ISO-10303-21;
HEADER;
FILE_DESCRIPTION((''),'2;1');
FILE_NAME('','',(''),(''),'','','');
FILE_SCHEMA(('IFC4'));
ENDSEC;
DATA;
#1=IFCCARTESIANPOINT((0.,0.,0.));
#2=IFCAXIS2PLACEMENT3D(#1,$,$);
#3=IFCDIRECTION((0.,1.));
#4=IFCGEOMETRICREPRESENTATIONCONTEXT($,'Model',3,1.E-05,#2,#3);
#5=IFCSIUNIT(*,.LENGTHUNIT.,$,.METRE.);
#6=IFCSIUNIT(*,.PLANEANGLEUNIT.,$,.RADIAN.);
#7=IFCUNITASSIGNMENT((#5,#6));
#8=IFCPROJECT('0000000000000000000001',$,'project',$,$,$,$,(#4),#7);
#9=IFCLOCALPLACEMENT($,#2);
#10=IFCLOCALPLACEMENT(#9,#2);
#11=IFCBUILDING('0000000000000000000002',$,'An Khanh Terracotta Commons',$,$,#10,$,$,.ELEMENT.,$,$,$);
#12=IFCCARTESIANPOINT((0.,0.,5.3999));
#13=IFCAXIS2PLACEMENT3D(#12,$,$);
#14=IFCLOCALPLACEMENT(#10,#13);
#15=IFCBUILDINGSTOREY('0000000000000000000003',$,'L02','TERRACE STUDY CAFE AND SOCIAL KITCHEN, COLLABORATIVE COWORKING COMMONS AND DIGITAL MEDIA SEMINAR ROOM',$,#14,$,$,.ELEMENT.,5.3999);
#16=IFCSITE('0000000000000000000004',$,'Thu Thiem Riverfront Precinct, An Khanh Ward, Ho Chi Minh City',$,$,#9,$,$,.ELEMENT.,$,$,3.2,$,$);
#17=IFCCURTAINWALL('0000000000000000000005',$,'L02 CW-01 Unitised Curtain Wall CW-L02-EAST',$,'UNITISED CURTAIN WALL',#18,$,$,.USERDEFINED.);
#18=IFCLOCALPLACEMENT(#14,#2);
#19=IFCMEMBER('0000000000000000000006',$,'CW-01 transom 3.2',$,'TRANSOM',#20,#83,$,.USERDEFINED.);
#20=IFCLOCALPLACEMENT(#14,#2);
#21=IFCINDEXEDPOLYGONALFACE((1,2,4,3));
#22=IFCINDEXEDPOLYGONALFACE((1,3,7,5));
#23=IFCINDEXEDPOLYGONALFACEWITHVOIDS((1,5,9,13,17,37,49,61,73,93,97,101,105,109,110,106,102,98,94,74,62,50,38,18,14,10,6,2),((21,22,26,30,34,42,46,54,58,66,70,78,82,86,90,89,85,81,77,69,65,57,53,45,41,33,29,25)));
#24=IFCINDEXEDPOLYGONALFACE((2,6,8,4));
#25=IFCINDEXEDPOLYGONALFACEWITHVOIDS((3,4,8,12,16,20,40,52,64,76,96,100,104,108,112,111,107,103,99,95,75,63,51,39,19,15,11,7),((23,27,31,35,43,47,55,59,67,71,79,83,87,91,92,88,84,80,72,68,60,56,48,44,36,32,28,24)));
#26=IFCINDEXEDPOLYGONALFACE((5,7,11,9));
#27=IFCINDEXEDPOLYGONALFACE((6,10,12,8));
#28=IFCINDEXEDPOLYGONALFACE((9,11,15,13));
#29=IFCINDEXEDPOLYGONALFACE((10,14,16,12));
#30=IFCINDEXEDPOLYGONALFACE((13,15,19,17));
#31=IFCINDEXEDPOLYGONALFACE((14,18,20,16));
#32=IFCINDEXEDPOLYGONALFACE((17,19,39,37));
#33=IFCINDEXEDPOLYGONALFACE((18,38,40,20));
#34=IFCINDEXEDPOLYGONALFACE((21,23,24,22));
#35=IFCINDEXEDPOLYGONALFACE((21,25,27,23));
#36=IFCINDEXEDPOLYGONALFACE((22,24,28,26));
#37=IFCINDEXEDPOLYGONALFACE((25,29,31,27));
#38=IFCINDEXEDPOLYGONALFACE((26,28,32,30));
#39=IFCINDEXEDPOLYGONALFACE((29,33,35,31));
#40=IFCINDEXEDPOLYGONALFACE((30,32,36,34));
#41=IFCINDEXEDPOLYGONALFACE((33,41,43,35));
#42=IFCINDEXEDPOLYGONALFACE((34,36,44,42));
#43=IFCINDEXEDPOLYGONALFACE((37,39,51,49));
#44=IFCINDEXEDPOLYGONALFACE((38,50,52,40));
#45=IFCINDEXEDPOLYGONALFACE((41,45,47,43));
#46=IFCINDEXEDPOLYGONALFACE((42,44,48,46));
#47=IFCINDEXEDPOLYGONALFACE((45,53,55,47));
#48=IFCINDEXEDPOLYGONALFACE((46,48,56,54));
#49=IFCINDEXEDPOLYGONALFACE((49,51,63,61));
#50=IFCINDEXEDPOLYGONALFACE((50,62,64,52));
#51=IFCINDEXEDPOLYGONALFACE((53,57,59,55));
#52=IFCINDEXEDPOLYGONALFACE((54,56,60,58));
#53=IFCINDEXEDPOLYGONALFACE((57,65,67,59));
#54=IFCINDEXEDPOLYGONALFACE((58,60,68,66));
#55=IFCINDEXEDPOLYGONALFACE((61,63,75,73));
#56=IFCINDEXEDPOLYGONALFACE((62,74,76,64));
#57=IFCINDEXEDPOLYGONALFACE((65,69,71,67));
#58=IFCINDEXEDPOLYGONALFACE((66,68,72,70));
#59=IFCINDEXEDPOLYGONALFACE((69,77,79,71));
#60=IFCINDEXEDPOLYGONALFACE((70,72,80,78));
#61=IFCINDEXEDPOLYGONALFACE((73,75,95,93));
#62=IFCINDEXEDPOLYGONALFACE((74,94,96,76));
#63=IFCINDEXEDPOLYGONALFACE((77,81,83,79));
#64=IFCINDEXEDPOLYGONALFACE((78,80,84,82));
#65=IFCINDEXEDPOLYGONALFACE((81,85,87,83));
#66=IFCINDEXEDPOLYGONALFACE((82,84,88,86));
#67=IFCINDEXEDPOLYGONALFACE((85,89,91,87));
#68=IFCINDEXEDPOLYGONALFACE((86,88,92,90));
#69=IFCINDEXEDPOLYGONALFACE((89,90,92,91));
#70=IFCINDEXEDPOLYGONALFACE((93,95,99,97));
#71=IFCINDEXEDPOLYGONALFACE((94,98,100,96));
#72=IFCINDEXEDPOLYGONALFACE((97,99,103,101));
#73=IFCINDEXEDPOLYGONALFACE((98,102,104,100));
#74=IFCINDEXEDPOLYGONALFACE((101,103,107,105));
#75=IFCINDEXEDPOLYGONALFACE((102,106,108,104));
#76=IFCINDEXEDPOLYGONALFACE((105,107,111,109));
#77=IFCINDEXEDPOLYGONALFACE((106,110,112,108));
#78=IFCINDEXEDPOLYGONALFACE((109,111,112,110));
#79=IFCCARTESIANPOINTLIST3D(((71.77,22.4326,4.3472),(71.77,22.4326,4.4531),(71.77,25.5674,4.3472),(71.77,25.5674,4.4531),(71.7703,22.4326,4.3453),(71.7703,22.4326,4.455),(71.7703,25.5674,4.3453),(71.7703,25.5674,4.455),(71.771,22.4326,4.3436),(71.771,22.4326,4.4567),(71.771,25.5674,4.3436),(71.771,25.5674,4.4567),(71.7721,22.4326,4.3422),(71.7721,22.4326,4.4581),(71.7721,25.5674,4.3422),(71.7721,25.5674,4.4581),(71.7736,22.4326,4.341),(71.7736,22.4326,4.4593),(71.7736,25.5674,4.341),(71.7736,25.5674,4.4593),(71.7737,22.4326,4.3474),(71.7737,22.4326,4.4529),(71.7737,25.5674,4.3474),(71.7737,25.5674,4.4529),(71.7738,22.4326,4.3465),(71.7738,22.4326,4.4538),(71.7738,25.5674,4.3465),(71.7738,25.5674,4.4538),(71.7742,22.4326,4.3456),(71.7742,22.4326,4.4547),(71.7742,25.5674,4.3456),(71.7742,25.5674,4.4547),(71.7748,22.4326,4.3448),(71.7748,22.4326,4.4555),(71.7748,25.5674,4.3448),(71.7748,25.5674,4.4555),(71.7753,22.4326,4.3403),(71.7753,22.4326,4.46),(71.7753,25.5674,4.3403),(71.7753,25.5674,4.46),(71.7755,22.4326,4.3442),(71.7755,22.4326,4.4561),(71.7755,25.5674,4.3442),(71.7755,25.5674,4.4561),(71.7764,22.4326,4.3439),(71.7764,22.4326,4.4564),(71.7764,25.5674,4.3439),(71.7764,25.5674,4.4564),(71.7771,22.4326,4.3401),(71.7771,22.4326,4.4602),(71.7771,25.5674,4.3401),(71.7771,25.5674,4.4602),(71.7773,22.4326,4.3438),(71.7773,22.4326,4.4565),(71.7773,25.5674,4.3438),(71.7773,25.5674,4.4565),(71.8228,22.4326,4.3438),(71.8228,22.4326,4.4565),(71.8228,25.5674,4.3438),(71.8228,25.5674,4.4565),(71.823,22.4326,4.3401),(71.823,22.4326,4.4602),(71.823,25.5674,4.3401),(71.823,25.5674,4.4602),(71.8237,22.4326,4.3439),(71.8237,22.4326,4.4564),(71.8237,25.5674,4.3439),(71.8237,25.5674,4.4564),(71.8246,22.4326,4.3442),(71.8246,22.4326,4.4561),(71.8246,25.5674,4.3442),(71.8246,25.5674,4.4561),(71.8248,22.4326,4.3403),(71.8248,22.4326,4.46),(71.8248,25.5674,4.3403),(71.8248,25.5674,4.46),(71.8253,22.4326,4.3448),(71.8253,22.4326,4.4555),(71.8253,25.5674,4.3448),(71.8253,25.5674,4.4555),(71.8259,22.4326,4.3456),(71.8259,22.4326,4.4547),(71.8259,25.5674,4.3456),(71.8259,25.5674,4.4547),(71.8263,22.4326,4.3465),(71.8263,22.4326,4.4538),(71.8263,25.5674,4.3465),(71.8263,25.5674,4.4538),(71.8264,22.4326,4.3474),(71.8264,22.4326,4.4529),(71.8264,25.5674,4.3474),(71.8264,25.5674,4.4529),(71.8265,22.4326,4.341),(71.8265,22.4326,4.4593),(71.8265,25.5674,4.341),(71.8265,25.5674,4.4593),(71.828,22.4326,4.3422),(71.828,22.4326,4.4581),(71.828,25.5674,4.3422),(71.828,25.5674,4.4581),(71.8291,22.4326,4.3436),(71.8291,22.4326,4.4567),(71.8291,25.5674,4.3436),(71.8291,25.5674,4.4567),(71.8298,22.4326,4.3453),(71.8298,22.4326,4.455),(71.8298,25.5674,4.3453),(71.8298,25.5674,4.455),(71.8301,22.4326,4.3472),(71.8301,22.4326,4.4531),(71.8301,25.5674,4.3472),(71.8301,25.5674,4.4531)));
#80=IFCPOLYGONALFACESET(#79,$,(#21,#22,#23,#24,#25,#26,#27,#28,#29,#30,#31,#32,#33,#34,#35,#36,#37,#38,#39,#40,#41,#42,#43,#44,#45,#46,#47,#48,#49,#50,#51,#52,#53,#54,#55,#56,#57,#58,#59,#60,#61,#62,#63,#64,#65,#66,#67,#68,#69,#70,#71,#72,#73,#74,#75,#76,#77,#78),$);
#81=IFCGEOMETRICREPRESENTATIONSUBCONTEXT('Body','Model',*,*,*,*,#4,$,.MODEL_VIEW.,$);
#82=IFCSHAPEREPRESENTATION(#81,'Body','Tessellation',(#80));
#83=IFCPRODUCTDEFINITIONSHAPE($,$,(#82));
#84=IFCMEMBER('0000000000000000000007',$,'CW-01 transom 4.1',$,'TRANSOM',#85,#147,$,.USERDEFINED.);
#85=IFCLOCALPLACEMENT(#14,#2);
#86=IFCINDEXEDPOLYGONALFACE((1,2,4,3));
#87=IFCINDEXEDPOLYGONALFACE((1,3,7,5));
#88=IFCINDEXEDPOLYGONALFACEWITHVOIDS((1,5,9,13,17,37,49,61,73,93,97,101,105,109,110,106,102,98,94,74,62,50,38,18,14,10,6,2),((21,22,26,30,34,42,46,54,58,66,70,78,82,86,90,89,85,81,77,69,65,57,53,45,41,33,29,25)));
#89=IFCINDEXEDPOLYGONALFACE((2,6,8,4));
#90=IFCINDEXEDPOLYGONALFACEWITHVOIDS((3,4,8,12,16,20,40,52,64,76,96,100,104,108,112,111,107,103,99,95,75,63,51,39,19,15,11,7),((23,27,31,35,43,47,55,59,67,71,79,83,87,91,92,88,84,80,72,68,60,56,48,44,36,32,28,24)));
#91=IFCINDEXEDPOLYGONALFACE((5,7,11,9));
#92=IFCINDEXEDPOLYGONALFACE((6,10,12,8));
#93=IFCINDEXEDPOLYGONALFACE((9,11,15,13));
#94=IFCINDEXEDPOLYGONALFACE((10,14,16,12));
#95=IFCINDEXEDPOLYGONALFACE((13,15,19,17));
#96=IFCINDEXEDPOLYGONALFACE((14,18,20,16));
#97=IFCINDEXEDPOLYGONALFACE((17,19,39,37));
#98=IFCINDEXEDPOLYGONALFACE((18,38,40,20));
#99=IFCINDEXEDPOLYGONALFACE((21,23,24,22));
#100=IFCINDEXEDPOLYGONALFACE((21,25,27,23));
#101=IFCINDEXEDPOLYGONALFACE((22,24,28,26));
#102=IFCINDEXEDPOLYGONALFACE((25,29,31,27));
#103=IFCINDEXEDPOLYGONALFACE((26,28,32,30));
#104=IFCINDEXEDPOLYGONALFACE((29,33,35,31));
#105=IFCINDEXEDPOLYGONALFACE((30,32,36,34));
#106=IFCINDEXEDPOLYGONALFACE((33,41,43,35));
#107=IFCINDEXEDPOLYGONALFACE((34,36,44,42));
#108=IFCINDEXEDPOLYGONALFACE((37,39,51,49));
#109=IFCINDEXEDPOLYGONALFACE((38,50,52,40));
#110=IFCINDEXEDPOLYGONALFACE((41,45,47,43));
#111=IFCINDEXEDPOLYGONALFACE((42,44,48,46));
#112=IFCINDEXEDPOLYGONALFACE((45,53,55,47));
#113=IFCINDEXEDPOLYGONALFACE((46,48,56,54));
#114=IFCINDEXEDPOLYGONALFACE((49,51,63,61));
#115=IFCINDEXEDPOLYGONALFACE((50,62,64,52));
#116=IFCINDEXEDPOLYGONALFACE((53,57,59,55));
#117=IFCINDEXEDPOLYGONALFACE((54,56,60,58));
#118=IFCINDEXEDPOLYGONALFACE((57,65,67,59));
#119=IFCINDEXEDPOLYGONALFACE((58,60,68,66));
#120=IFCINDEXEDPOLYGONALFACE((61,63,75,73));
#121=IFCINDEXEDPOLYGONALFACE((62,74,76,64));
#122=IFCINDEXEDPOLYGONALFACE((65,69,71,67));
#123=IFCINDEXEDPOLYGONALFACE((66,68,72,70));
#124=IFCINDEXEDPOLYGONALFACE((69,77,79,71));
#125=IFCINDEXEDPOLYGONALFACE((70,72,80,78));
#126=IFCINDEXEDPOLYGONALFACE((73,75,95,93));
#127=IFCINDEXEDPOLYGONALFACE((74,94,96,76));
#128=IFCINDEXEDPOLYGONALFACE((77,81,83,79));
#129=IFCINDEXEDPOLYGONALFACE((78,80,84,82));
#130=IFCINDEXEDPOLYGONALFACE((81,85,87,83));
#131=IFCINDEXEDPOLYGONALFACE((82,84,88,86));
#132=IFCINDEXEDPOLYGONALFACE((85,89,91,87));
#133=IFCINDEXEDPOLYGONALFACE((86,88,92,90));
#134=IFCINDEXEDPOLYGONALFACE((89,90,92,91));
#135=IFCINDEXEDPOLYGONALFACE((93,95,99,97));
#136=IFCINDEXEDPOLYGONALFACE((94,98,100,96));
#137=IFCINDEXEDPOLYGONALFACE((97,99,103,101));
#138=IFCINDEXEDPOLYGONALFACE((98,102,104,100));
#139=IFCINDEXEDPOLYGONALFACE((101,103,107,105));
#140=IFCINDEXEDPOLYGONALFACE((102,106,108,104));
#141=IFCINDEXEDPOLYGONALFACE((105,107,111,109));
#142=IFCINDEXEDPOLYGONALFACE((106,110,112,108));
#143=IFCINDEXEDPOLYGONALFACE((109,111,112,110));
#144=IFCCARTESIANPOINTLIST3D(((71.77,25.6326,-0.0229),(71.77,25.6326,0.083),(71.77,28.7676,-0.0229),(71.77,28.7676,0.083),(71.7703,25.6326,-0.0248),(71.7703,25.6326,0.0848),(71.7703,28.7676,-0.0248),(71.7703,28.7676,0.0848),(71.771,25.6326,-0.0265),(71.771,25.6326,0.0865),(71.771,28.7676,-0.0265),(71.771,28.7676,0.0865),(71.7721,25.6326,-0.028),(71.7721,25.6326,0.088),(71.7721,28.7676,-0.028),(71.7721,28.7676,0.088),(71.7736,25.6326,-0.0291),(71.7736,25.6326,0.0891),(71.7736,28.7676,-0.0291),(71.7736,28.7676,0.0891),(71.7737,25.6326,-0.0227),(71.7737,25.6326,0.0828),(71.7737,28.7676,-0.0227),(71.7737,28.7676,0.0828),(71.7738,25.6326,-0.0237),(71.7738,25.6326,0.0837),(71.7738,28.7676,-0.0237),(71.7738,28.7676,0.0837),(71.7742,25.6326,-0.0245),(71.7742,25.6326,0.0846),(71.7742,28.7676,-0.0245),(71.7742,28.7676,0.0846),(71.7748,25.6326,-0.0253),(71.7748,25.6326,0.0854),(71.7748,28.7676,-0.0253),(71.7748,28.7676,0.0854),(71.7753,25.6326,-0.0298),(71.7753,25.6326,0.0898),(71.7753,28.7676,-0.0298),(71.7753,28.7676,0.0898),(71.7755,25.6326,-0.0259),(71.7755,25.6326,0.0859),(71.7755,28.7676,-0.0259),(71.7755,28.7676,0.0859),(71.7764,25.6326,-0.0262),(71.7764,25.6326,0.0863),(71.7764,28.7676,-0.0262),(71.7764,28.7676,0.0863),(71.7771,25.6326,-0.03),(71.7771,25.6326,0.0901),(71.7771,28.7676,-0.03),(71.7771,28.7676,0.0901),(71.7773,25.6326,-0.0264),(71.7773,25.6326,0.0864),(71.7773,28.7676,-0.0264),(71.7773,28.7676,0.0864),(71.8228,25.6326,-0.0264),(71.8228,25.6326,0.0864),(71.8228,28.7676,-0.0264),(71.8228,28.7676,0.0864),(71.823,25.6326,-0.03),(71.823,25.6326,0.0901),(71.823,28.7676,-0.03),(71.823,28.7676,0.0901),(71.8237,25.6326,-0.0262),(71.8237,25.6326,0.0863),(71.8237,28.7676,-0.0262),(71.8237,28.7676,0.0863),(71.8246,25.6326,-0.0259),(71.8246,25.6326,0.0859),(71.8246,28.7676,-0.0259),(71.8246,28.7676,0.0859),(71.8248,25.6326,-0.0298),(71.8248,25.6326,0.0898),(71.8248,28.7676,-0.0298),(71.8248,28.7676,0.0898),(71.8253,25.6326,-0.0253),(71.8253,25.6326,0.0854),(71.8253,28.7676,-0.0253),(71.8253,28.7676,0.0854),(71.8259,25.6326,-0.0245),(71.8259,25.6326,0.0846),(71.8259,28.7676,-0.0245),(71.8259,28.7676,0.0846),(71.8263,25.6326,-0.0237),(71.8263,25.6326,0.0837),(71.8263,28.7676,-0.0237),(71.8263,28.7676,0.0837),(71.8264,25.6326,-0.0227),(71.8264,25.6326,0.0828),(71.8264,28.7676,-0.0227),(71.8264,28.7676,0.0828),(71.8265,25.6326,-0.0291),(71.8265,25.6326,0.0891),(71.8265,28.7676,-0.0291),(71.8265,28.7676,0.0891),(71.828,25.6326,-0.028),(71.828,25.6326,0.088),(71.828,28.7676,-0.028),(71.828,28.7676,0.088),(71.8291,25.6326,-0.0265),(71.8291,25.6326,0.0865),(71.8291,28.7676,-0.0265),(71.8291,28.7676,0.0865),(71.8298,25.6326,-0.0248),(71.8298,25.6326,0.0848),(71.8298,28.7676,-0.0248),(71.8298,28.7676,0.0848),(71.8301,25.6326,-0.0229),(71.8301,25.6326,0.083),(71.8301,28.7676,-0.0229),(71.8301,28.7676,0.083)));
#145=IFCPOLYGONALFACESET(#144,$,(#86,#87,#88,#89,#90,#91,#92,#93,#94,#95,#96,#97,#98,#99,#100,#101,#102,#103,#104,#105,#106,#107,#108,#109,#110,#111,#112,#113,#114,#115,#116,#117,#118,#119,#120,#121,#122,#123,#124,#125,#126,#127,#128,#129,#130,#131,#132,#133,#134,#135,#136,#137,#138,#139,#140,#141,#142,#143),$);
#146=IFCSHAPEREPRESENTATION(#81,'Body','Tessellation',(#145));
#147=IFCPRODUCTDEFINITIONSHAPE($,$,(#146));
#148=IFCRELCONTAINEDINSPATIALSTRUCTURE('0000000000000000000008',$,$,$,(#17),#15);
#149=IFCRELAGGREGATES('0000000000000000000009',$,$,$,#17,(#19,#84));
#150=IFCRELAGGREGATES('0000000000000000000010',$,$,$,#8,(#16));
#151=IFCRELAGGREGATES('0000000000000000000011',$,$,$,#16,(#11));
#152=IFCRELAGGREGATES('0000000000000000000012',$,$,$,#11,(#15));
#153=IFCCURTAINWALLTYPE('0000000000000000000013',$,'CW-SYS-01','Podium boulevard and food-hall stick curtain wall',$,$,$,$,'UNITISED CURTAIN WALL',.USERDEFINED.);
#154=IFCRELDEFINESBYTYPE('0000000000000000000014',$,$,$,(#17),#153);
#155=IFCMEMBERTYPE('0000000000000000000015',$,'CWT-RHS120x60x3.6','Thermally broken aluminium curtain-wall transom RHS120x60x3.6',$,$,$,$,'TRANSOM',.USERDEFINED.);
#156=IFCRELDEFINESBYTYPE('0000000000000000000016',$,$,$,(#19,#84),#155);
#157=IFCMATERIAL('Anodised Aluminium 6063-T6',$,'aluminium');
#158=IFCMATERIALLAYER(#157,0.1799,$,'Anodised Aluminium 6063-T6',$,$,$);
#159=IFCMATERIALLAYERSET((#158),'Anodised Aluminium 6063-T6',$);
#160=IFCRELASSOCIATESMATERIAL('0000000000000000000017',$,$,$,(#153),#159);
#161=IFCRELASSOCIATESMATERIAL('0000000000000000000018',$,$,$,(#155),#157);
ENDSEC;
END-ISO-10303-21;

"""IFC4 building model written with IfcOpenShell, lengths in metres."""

from ifc_helpers import new_model, si_unit, direction, frame, origin, origin_2d, place, context, subcontext, project, spatial, hollow_rectangle, extrude, material, layer, layer_set, material_profile, profile_set, type_object, element, aggregate, save


model = new_model("IFC4")

# Units and contexts
model_context = context("Model", 3, precision=1e-05, world=origin(), true_north=direction((0.0, 1.0)))
body_context = subcontext(model_context, "Body", "Model", "MODEL_VIEW")
ifc_project = project(units=[si_unit("LENGTHUNIT", "METRE"), si_unit("PLANEANGLEUNIT", "RADIAN")], contexts=[model_context])

# Site, building, storey
site_placement = place(None, origin())
site = spatial("IfcSite", under=ifc_project, at=site_placement, Name="Thu Thiem Riverfront Precinct, An Khanh Ward, Ho Chi Minh City", CompositionType="ELEMENT", RefElevation=3.2)
building_placement = place(site_placement, origin())
building = spatial("IfcBuilding", under=site, at=building_placement, Name="An Khanh Terracotta Commons", CompositionType="ELEMENT")
storey_placement = place(building_placement, frame((0.0, 0.0, 5.3999)))
storey = spatial("IfcBuildingStorey", under=building, at=storey_placement, Name="L02", Description="TERRACE STUDY CAFE AND SOCIAL KITCHEN, COLLABORATIVE COWORKING COMMONS AND DIGITAL MEDIA SEMINAR ROOM", CompositionType="ELEMENT", Elevation=5.3999)

# Curtain wall, members
ifc_material_1 = material(Name="Anodised Aluminium 6063-T6", Category="aluminium")
ifc_layer_1 = layer(ifc_material_1, 0.1799, Name="Anodised Aluminium 6063-T6")
ifc_layer_set_1 = layer_set([ifc_layer_1], Name="Anodised Aluminium 6063-T6")
curtain_wall_type = type_object("IfcCurtainWallType", Name="CW-SYS-01", Description="Podium boulevard and food-hall stick curtain wall", ElementType="UNITISED CURTAIN WALL", PredefinedType="USERDEFINED", material=ifc_layer_set_1)
curtain_wall_placement = place(storey_placement, origin())
curtain_wall = element("IfcCurtainWall", 1, at=curtain_wall_placement, inside=storey, type_object=curtain_wall_type, Name="L02 CW-01 Unitised Curtain Wall CW-L02-EAST", ObjectType="UNITISED CURTAIN WALL", PredefinedType="USERDEFINED")
ifc_material_profile_1 = material_profile(ifc_material_1, hollow_rectangle(XDim=0.0601, YDim=0.1201, WallThickness=0.0037, InnerFilletRadius=0.0037, OuterFilletRadius=0.0071, at=origin_2d()), Name="RHS120x60x3.6")
ifc_profile_set_1 = profile_set([ifc_material_profile_1], Name="Anodised Aluminium 6063-T6")
member_type_1 = type_object("IfcMemberType", Name="CWT-RHS120x60x3.6", Description="Thermally broken aluminium curtain-wall transom RHS120x60x3.6", ElementType="TRANSOM", PredefinedType="USERDEFINED", material=ifc_profile_set_1)
member_1_placement = place(storey_placement, frame((71.8, 22.4326, 4.4001), z_axis=(0.0, 1.0, 0.0), x_axis=(-1.0, 0.0, 0.0)))
member_1 = element("IfcMember", 2, at=member_1_placement, type_object=member_type_1, Name="CW-01 transom 3.2", ObjectType="TRANSOM", PredefinedType="USERDEFINED", context=body_context, shape_type="SweptSolid", body=[
    extrude(hollow_rectangle(XDim=0.0601, YDim=0.1201, WallThickness=0.0037, InnerFilletRadius=0.0037, OuterFilletRadius=0.0071, at=origin_2d()), origin(), (0.0, 0.0, 1.0), 3.1348),
])
member_2_placement = place(storey_placement, frame((71.8, 25.6326, 0.03), z_axis=(0.0, 1.0, 0.0), x_axis=(-1.0, 0.0, 0.0)))
member_2 = element("IfcMember", 3, at=member_2_placement, type_object=member_type_1, Name="CW-01 transom 4.1", ObjectType="TRANSOM", PredefinedType="USERDEFINED", context=body_context, shape_type="SweptSolid", body=[
    extrude(hollow_rectangle(XDim=0.0601, YDim=0.1201, WallThickness=0.0037, InnerFilletRadius=0.0037, OuterFilletRadius=0.0071, at=origin_2d()), origin(), (0.0, 0.0, 1.0), 3.135),
])
aggregate(curtain_wall, [member_1, member_2])

save(model, "model.ifc")
